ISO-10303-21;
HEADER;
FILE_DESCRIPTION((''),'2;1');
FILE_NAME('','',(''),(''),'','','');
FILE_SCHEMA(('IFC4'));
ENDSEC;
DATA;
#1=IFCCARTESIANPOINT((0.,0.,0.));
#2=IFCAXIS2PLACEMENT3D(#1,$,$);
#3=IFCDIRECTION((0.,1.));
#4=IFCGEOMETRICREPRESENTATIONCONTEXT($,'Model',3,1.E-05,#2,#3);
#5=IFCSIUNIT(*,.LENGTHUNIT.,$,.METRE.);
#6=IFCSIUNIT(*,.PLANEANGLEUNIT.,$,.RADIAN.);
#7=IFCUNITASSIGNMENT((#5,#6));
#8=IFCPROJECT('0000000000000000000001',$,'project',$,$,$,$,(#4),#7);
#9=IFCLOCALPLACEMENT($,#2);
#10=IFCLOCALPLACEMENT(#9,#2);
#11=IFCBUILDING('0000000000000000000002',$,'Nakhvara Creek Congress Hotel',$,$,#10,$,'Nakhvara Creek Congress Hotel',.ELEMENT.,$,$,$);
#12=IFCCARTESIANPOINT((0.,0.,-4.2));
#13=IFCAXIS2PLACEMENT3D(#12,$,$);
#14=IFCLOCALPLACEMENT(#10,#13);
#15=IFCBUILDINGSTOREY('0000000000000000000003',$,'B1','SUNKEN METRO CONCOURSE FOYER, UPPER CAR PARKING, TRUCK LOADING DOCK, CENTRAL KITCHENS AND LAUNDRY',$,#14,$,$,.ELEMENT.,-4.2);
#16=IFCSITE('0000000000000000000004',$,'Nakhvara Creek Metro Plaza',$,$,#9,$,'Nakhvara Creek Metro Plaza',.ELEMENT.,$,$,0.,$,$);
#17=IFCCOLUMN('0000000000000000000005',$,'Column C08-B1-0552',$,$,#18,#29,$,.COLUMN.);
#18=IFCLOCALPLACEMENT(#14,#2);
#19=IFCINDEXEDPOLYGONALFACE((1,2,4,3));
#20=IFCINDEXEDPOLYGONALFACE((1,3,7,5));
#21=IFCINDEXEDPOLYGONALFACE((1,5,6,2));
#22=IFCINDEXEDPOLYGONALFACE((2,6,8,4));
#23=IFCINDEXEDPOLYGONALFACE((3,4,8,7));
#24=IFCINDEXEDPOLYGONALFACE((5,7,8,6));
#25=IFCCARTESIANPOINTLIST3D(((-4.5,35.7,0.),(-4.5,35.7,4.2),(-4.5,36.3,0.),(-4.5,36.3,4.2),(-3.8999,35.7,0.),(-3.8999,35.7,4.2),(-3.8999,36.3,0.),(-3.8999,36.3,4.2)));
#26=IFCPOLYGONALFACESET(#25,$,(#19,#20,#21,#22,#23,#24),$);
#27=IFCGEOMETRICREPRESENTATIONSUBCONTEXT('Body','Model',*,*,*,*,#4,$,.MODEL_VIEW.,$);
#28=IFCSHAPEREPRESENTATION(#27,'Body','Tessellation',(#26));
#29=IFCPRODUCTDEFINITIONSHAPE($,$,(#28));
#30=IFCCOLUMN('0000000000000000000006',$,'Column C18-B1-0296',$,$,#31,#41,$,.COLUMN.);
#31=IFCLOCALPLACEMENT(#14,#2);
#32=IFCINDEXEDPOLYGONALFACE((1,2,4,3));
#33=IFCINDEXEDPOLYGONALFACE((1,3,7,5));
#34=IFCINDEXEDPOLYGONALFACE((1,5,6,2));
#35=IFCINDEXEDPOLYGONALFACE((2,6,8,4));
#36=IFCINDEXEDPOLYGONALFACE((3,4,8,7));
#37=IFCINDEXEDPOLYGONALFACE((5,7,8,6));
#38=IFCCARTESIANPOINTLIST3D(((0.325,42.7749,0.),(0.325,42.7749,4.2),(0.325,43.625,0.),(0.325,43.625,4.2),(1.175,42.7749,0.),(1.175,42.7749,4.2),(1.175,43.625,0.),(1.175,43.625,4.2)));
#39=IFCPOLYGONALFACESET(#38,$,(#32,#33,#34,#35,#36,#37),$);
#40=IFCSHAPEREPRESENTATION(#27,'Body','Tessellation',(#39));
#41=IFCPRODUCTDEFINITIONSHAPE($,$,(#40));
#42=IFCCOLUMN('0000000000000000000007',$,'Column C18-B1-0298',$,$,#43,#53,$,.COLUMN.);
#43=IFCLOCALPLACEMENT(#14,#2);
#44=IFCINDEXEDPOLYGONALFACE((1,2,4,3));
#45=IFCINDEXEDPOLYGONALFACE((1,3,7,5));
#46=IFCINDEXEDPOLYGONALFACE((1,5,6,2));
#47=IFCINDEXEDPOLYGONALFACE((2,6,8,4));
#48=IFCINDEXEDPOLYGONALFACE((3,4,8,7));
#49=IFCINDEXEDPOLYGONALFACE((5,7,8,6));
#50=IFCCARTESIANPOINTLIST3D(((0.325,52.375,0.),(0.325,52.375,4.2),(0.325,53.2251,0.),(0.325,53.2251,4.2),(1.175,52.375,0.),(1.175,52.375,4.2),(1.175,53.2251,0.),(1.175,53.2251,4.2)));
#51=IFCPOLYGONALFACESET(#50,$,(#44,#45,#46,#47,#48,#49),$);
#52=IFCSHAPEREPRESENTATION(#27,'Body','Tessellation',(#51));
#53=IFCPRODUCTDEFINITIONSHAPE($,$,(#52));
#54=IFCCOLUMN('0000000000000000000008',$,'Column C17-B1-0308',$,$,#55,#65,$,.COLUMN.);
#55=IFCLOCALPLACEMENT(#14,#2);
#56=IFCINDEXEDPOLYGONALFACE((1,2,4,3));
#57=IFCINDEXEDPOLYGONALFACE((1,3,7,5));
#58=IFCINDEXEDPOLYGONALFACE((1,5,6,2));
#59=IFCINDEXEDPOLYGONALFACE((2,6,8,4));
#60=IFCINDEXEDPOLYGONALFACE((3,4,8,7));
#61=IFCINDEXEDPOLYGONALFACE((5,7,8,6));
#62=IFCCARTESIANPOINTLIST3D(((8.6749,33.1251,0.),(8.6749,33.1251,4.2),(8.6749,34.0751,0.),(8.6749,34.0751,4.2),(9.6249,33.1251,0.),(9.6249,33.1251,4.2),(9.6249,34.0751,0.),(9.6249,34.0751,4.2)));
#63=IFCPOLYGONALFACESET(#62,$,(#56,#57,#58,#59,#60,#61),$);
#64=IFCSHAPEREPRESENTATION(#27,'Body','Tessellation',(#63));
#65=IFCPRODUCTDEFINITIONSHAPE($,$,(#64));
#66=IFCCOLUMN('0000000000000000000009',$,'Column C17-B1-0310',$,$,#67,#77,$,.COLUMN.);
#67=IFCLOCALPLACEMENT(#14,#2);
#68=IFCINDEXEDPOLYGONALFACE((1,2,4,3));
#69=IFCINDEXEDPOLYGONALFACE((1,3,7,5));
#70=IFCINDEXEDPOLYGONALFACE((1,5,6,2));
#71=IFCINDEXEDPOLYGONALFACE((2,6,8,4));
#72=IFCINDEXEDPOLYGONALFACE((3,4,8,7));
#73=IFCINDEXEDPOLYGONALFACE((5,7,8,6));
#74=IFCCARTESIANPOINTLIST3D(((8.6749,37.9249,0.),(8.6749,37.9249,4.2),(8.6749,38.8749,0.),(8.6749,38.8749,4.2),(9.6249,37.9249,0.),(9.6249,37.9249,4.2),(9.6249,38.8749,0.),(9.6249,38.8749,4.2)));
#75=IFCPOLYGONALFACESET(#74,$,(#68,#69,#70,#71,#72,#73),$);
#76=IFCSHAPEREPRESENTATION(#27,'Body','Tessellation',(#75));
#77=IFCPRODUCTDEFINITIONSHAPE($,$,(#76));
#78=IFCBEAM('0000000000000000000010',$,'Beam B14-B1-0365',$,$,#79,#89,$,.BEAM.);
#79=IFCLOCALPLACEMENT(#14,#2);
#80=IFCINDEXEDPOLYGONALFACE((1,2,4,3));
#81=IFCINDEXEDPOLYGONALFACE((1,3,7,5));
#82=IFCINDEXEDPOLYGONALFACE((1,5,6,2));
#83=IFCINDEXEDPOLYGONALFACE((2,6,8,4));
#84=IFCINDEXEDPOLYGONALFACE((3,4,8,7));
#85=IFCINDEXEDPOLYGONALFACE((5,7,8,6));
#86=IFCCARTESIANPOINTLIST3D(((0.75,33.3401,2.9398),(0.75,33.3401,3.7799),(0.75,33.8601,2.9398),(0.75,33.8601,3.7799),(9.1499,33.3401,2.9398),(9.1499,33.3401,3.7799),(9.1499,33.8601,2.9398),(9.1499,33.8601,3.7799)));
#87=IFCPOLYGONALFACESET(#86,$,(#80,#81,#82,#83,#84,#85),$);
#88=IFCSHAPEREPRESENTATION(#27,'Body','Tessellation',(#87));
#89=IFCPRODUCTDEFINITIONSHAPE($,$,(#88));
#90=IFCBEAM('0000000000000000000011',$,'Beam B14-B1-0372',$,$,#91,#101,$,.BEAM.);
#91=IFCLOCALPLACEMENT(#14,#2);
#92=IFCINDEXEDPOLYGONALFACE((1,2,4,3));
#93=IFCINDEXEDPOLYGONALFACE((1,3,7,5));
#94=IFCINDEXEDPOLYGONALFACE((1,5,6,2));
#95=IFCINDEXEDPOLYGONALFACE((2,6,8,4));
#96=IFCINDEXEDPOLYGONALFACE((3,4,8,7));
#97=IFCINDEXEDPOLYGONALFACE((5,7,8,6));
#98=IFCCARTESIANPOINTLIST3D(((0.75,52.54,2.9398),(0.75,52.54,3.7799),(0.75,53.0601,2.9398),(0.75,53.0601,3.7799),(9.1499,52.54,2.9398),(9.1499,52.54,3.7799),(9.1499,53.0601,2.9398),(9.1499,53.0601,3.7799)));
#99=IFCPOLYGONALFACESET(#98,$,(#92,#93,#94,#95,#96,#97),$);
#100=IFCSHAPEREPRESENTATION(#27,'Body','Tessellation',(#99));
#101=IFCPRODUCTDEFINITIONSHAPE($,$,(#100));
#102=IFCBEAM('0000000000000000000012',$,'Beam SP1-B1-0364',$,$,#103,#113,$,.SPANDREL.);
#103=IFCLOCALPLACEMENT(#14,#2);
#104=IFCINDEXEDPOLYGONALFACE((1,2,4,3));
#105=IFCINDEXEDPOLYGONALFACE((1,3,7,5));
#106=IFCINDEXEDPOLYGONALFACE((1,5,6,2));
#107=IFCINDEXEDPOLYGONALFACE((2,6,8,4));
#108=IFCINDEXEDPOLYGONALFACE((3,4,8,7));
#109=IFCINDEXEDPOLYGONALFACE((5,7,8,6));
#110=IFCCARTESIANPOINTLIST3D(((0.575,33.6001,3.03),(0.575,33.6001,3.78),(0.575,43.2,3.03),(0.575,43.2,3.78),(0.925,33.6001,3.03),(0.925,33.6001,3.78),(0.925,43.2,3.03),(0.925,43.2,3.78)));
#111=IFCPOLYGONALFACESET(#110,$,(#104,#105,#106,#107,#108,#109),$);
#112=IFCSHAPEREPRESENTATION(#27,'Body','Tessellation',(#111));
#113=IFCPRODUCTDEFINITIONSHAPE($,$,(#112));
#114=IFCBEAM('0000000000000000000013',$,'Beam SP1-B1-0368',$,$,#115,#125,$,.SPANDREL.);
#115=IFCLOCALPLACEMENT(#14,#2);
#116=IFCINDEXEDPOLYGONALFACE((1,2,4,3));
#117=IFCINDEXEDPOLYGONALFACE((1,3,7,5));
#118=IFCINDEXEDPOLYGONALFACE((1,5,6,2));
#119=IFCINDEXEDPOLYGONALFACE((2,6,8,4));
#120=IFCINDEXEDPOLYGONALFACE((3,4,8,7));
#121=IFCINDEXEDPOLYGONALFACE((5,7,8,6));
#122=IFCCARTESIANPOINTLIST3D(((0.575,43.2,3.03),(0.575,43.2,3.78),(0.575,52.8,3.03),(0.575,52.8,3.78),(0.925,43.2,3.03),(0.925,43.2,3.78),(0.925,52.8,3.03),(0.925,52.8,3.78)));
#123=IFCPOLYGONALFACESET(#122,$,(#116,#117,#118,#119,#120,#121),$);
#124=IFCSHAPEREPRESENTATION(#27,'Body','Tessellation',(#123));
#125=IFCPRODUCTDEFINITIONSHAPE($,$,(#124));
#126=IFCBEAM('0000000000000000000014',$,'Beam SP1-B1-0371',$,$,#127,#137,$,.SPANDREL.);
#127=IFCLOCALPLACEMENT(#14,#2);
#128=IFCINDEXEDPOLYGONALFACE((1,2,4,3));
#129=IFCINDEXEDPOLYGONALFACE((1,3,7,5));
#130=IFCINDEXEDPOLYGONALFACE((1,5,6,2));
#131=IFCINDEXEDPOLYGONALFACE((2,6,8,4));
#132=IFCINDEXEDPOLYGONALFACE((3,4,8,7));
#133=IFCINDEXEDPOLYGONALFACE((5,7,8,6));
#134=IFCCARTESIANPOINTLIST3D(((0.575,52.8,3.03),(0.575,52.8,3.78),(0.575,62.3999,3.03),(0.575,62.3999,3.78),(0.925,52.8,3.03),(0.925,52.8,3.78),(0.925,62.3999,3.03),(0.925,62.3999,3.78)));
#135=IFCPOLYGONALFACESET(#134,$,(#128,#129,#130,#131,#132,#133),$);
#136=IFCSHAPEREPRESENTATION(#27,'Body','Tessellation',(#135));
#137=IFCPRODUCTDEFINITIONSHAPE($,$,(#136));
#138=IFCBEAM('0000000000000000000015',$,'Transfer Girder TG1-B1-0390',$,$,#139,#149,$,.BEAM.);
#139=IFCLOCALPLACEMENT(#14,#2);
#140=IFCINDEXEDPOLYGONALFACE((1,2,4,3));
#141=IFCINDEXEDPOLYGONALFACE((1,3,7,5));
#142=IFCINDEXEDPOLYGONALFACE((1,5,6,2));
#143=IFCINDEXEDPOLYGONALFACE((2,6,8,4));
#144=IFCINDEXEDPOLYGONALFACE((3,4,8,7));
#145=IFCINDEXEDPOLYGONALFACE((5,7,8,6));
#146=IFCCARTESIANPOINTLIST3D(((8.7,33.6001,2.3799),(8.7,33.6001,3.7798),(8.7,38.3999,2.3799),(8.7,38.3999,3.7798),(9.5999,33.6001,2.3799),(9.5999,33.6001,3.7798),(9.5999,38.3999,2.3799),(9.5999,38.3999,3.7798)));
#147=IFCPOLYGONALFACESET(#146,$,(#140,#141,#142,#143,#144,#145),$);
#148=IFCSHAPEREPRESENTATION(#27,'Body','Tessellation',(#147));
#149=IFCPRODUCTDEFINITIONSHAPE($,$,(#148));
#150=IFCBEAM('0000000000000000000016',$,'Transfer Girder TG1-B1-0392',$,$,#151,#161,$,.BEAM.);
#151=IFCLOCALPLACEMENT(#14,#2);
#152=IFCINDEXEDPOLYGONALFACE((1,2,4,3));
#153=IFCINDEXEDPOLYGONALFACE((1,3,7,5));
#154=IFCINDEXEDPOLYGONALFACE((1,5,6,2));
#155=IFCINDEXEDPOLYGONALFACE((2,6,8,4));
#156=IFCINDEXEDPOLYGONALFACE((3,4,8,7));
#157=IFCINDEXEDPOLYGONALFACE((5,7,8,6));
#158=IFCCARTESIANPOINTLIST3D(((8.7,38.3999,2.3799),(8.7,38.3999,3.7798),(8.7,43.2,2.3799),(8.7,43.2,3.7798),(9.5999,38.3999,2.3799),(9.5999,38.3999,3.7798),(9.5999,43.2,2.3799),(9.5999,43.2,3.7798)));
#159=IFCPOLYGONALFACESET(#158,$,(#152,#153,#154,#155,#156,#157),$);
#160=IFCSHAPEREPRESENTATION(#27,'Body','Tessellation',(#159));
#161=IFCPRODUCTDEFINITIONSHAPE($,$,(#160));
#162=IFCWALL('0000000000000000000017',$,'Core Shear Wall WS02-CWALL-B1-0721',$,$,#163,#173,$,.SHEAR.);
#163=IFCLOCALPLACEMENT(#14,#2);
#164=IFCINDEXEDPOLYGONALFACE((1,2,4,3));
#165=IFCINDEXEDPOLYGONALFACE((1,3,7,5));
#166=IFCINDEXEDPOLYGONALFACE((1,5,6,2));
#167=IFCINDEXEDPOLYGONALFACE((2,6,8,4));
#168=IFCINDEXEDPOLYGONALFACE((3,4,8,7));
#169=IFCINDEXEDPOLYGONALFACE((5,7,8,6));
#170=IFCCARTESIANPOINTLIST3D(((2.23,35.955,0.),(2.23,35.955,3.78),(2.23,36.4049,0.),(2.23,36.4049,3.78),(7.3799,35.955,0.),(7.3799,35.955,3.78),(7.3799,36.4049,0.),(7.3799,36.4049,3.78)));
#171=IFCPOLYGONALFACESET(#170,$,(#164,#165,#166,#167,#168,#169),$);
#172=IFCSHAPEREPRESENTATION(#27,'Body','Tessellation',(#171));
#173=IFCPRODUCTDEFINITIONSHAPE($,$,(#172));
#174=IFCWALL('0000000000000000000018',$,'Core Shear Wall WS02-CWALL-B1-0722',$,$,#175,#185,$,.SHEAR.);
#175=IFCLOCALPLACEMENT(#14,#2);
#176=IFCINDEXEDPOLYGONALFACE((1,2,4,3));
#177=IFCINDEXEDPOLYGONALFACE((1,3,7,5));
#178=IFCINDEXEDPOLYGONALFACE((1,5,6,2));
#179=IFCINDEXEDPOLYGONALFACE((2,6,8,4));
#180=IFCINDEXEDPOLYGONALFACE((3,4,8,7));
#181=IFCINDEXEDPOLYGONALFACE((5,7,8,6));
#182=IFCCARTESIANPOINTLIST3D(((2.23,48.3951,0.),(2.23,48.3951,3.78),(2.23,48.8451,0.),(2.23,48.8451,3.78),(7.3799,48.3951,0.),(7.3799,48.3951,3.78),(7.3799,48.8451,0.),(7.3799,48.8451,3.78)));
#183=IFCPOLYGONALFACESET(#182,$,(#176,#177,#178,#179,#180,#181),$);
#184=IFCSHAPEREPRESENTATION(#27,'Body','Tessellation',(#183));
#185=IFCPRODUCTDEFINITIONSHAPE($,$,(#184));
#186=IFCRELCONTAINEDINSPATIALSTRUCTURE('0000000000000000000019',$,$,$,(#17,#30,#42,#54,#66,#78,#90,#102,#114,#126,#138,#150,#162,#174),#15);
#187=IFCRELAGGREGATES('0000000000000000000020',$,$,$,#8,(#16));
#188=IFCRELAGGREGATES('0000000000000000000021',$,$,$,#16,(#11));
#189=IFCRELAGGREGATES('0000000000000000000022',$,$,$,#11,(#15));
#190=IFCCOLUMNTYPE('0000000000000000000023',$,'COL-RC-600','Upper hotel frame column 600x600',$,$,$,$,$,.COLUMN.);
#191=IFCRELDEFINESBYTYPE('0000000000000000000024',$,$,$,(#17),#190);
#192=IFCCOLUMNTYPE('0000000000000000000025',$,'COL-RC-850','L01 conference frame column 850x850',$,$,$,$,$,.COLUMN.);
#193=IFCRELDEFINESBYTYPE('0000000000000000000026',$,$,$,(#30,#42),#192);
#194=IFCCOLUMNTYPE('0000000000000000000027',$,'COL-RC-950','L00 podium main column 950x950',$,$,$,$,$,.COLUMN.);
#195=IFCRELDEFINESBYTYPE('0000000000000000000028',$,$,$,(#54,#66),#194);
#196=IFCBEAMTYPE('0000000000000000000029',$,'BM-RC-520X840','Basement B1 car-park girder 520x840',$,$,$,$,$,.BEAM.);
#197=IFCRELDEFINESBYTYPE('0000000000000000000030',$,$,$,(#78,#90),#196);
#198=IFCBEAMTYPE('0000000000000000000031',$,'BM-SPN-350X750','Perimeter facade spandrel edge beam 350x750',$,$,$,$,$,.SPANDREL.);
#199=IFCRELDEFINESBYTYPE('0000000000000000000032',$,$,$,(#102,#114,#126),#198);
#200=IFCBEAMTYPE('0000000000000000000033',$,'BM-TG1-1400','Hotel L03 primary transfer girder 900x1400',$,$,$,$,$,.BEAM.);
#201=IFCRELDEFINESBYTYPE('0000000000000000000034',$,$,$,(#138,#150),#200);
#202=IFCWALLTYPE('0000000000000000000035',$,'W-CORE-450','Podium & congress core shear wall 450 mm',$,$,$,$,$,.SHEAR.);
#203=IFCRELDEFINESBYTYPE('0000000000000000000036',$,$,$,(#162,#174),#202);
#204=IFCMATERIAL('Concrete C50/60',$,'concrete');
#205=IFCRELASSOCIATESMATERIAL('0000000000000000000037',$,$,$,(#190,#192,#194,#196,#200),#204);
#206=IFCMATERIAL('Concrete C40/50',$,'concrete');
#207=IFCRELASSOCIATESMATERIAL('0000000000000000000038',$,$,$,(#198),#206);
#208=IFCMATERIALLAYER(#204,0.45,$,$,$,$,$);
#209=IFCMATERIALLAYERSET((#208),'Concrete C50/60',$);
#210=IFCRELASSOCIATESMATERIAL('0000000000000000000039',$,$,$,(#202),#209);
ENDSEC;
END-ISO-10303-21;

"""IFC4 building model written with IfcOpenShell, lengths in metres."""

from ifc_helpers import new_model, si_unit, direction, frame, frame_2d, origin, origin_2d, place, context, subcontext, project, spatial, rectangle, extrude, material, layer, layer_set, material_profile, profile_set, type_object, element, save


model = new_model("IFC4")

# Units and contexts
model_context = context("Model", 3, precision=1e-05, world=origin(), true_north=direction((0.0, 1.0)))
body_context = subcontext(model_context, "Body", "Model", "MODEL_VIEW")
ifc_project = project(units=[si_unit("LENGTHUNIT", "METRE"), si_unit("PLANEANGLEUNIT", "RADIAN")], contexts=[model_context])

# Site, building, storey
site_placement = place(None, origin())
site = spatial("IfcSite", under=ifc_project, at=site_placement, Name="Nakhvara Creek Metro Plaza", LongName="Nakhvara Creek Metro Plaza", CompositionType="ELEMENT", RefElevation=0.0)
building_placement = place(site_placement, origin())
building = spatial("IfcBuilding", under=site, at=building_placement, Name="Nakhvara Creek Congress Hotel", LongName="Nakhvara Creek Congress Hotel", CompositionType="ELEMENT")
storey_placement = place(building_placement, frame((0.0, 0.0, -4.2)))
storey = spatial("IfcBuildingStorey", under=building, at=storey_placement, Name="B1", Description="SUNKEN METRO CONCOURSE FOYER, UPPER CAR PARKING, TRUCK LOADING DOCK, CENTRAL KITCHENS AND LAUNDRY", CompositionType="ELEMENT", Elevation=-4.2)

# Columns
ifc_material_1 = material(Name="Concrete C50/60", Category="concrete")
ifc_material_profile_1 = material_profile(ifc_material_1, rectangle(XDim=0.6001, YDim=0.6001, at=origin_2d()), Name="RC-COL 600x600", Category="LoadBearing")
ifc_profile_set_1 = profile_set([ifc_material_profile_1], Name="Concrete C50/60")
column_type_1 = type_object("IfcColumnType", Name="COL-RC-600", Description="Upper hotel frame column 600x600", PredefinedType="COLUMN", material=ifc_profile_set_1)
column_placement = place(storey_placement, frame((-4.2, 36.0, 0.0), z_axis=(0.0, 0.0, 1.0), x_axis=(1.0, 0.0, 0.0)))
element("IfcColumn", 1, at=column_placement, inside=storey, type_object=column_type_1, Name="Column C08-B1-0552", PredefinedType="COLUMN", context=body_context, shape_type="SweptSolid", body=[
    extrude(rectangle(XDim=0.6001, YDim=0.6001, at=origin_2d()), origin(), (0.0, 0.0, 1.0), 4.2),
])
ifc_material_profile_2 = material_profile(ifc_material_1, rectangle(XDim=0.8501, YDim=0.8501, at=origin_2d()), Name="RC-COL 850x850", Category="LoadBearing")
ifc_profile_set_2 = profile_set([ifc_material_profile_2], Name="Concrete C50/60")
column_type_2 = type_object("IfcColumnType", Name="COL-RC-850", Description="L01 conference frame column 850x850", PredefinedType="COLUMN", material=ifc_profile_set_2)
for number, where, z_axis, x_axis, name in (
    (2, (0.75, 43.2, 0.0), (0.0, 0.0, 1.0), (1.0, 0.0, 0.0), "Column C18-B1-0296"),
    (3, (0.75, 52.8, 0.0), (0.0, 0.0, 1.0), (1.0, 0.0, 0.0), "Column C18-B1-0298"),
):
    element("IfcColumn", number, at=place(storey_placement, frame(where, z_axis=z_axis, x_axis=x_axis)), inside=storey, type_object=column_type_2, Name=name, PredefinedType="COLUMN", context=body_context, shape_type="SweptSolid", body=[
        extrude(rectangle(XDim=0.8501, YDim=0.8501, at=origin_2d()), origin(), (0.0, 0.0, 1.0), 4.2),
    ])
ifc_material_profile_3 = material_profile(ifc_material_1, rectangle(XDim=0.95, YDim=0.95, at=origin_2d()), Name="RC-COL 950x950", Category="LoadBearing")
ifc_profile_set_3 = profile_set([ifc_material_profile_3], Name="Concrete C50/60")
column_type_3 = type_object("IfcColumnType", Name="COL-RC-950", Description="L00 podium main column 950x950", PredefinedType="COLUMN", material=ifc_profile_set_3)
for number, where, z_axis, x_axis, name in (
    (4, (9.1499, 33.6001, 0.0), (0.0, 0.0, 1.0), (1.0, 0.0, 0.0), "Column C17-B1-0308"),
    (5, (9.1499, 38.3999, 0.0), (0.0, 0.0, 1.0), (1.0, 0.0, 0.0), "Column C17-B1-0310"),
):
    element("IfcColumn", number, at=place(storey_placement, frame(where, z_axis=z_axis, x_axis=x_axis)), inside=storey, type_object=column_type_3, Name=name, PredefinedType="COLUMN", context=body_context, shape_type="SweptSolid", body=[
        extrude(rectangle(XDim=0.95, YDim=0.95, at=origin_2d()), origin(), (0.0, 0.0, 1.0), 4.2),
    ])

# Beams
ifc_material_profile_4 = material_profile(ifc_material_1, rectangle(XDim=0.52, YDim=0.8401, at=origin_2d()), Name="RC-BM 520x840", Category="LoadBearing")
ifc_profile_set_4 = profile_set([ifc_material_profile_4], Name="Concrete C50/60")
beam_type_1 = type_object("IfcBeamType", Name="BM-RC-520X840", Description="Basement B1 car-park girder 520x840", PredefinedType="BEAM", material=ifc_profile_set_4)
for number, where, z_axis, x_axis, name in (
    (6, (0.75, 33.6001, 3.3599), (1.0, 0.0, 0.0), (0.0, 1.0, 0.0), "Beam B14-B1-0365"),
    (7, (0.75, 52.8, 3.3599), (1.0, 0.0, 0.0), (0.0, 1.0, 0.0), "Beam B14-B1-0372"),
):
    element("IfcBeam", number, at=place(storey_placement, frame(where, z_axis=z_axis, x_axis=x_axis)), inside=storey, type_object=beam_type_1, Name=name, PredefinedType="BEAM", context=body_context, shape_type="SweptSolid", body=[
        extrude(rectangle(XDim=0.52, YDim=0.8401, at=origin_2d()), origin(), (0.0, 0.0, 1.0), 8.3999),
    ])
ifc_material_2 = material(Name="Concrete C40/50", Category="concrete")
ifc_material_profile_5 = material_profile(ifc_material_2, rectangle(XDim=0.3501, YDim=0.75, at=origin_2d()), Name="RC-SPANDREL 350x750", Category="LoadBearing")
ifc_profile_set_5 = profile_set([ifc_material_profile_5], Name="Concrete C40/50")
beam_type_2 = type_object("IfcBeamType", Name="BM-SPN-350X750", Description="Perimeter facade spandrel edge beam 350x750", PredefinedType="SPANDREL", material=ifc_profile_set_5)
beam_1_placement = place(storey_placement, frame((0.75, 33.6001, 3.405), z_axis=(0.0, 1.0, 0.0), x_axis=(-1.0, 0.0, 0.0)))
element("IfcBeam", 8, at=beam_1_placement, inside=storey, type_object=beam_type_2, Name="Beam SP1-B1-0364", PredefinedType="SPANDREL", context=body_context, shape_type="SweptSolid", body=[
    extrude(rectangle(XDim=0.3501, YDim=0.75, at=origin_2d()), origin(), (0.0, 0.0, 1.0), 9.5999),
])
beam_2_placement = place(storey_placement, frame((0.75, 43.2, 3.405), z_axis=(0.0, 1.0, 0.0), x_axis=(-1.0, 0.0, 0.0)))
element("IfcBeam", 9, at=beam_2_placement, inside=storey, type_object=beam_type_2, Name="Beam SP1-B1-0368", PredefinedType="SPANDREL", context=body_context, shape_type="SweptSolid", body=[
    extrude(rectangle(XDim=0.3501, YDim=0.75, at=origin_2d()), origin(), (0.0, 0.0, 1.0), 9.6001),
])
beam_3_placement = place(storey_placement, frame((0.75, 52.8, 3.405), z_axis=(0.0, 1.0, 0.0), x_axis=(-1.0, 0.0, 0.0)))
element("IfcBeam", 10, at=beam_3_placement, inside=storey, type_object=beam_type_2, Name="Beam SP1-B1-0371", PredefinedType="SPANDREL", context=body_context, shape_type="SweptSolid", body=[
    extrude(rectangle(XDim=0.3501, YDim=0.75, at=origin_2d()), origin(), (0.0, 0.0, 1.0), 9.5999),
])
ifc_material_profile_6 = material_profile(ifc_material_1, rectangle(XDim=0.8999, YDim=1.3999, at=origin_2d()), Name="RC-TG 900x1400", Category="LoadBearing")
ifc_profile_set_6 = profile_set([ifc_material_profile_6], Name="Concrete C50/60")
beam_type_3 = type_object("IfcBeamType", Name="BM-TG1-1400", Description="Hotel L03 primary transfer girder 900x1400", PredefinedType="BEAM", material=ifc_profile_set_6)
beam_4_placement = place(storey_placement, frame((9.1499, 33.6001, 3.0798), z_axis=(0.0, 1.0, 0.0), x_axis=(-1.0, 0.0, 0.0)))
element("IfcBeam", 11, at=beam_4_placement, inside=storey, type_object=beam_type_3, Name="Transfer Girder TG1-B1-0390", PredefinedType="BEAM", context=body_context, shape_type="SweptSolid", body=[
    extrude(rectangle(XDim=0.8999, YDim=1.3999, at=origin_2d()), origin(), (0.0, 0.0, 1.0), 4.7998),
])
beam_5_placement = place(storey_placement, frame((9.1499, 38.3999, 3.0798), z_axis=(0.0, 1.0, 0.0), x_axis=(-1.0, 0.0, 0.0)))
element("IfcBeam", 12, at=beam_5_placement, inside=storey, type_object=beam_type_3, Name="Transfer Girder TG1-B1-0392", PredefinedType="BEAM", context=body_context, shape_type="SweptSolid", body=[
    extrude(rectangle(XDim=0.8999, YDim=1.3999, at=origin_2d()), origin(), (0.0, 0.0, 1.0), 4.8),
])

# Walls
ifc_layer_1 = layer(ifc_material_1, 0.45)
ifc_layer_set_1 = layer_set([ifc_layer_1], Name="Concrete C50/60")
wall_type_1 = type_object("IfcWallType", Name="W-CORE-450", Description="Podium & congress core shear wall 450 mm", PredefinedType="SHEAR", material=ifc_layer_set_1)
for number, where, z_axis, x_axis, name in (
    (13, (2.23, 36.1799, 0.0), (0.0, 0.0, 1.0), (1.0, 0.0, 0.0), "Core Shear Wall WS02-CWALL-B1-0721"),
    (14, (2.23, 48.6201, 0.0), (0.0, 0.0, 1.0), (1.0, 0.0, 0.0), "Core Shear Wall WS02-CWALL-B1-0722"),
):
    element("IfcWall", number, at=place(storey_placement, frame(where, z_axis=z_axis, x_axis=x_axis)), inside=storey, type_object=wall_type_1, Name=name, PredefinedType="SHEAR", context=body_context, shape_type="SweptSolid", body=[
        extrude(rectangle(XDim=5.1499, YDim=0.45, at=frame_2d((2.575, 0.0))), origin(), (0.0, 0.0, 1.0), 3.78),
    ])

save(model, "model.ifc")
